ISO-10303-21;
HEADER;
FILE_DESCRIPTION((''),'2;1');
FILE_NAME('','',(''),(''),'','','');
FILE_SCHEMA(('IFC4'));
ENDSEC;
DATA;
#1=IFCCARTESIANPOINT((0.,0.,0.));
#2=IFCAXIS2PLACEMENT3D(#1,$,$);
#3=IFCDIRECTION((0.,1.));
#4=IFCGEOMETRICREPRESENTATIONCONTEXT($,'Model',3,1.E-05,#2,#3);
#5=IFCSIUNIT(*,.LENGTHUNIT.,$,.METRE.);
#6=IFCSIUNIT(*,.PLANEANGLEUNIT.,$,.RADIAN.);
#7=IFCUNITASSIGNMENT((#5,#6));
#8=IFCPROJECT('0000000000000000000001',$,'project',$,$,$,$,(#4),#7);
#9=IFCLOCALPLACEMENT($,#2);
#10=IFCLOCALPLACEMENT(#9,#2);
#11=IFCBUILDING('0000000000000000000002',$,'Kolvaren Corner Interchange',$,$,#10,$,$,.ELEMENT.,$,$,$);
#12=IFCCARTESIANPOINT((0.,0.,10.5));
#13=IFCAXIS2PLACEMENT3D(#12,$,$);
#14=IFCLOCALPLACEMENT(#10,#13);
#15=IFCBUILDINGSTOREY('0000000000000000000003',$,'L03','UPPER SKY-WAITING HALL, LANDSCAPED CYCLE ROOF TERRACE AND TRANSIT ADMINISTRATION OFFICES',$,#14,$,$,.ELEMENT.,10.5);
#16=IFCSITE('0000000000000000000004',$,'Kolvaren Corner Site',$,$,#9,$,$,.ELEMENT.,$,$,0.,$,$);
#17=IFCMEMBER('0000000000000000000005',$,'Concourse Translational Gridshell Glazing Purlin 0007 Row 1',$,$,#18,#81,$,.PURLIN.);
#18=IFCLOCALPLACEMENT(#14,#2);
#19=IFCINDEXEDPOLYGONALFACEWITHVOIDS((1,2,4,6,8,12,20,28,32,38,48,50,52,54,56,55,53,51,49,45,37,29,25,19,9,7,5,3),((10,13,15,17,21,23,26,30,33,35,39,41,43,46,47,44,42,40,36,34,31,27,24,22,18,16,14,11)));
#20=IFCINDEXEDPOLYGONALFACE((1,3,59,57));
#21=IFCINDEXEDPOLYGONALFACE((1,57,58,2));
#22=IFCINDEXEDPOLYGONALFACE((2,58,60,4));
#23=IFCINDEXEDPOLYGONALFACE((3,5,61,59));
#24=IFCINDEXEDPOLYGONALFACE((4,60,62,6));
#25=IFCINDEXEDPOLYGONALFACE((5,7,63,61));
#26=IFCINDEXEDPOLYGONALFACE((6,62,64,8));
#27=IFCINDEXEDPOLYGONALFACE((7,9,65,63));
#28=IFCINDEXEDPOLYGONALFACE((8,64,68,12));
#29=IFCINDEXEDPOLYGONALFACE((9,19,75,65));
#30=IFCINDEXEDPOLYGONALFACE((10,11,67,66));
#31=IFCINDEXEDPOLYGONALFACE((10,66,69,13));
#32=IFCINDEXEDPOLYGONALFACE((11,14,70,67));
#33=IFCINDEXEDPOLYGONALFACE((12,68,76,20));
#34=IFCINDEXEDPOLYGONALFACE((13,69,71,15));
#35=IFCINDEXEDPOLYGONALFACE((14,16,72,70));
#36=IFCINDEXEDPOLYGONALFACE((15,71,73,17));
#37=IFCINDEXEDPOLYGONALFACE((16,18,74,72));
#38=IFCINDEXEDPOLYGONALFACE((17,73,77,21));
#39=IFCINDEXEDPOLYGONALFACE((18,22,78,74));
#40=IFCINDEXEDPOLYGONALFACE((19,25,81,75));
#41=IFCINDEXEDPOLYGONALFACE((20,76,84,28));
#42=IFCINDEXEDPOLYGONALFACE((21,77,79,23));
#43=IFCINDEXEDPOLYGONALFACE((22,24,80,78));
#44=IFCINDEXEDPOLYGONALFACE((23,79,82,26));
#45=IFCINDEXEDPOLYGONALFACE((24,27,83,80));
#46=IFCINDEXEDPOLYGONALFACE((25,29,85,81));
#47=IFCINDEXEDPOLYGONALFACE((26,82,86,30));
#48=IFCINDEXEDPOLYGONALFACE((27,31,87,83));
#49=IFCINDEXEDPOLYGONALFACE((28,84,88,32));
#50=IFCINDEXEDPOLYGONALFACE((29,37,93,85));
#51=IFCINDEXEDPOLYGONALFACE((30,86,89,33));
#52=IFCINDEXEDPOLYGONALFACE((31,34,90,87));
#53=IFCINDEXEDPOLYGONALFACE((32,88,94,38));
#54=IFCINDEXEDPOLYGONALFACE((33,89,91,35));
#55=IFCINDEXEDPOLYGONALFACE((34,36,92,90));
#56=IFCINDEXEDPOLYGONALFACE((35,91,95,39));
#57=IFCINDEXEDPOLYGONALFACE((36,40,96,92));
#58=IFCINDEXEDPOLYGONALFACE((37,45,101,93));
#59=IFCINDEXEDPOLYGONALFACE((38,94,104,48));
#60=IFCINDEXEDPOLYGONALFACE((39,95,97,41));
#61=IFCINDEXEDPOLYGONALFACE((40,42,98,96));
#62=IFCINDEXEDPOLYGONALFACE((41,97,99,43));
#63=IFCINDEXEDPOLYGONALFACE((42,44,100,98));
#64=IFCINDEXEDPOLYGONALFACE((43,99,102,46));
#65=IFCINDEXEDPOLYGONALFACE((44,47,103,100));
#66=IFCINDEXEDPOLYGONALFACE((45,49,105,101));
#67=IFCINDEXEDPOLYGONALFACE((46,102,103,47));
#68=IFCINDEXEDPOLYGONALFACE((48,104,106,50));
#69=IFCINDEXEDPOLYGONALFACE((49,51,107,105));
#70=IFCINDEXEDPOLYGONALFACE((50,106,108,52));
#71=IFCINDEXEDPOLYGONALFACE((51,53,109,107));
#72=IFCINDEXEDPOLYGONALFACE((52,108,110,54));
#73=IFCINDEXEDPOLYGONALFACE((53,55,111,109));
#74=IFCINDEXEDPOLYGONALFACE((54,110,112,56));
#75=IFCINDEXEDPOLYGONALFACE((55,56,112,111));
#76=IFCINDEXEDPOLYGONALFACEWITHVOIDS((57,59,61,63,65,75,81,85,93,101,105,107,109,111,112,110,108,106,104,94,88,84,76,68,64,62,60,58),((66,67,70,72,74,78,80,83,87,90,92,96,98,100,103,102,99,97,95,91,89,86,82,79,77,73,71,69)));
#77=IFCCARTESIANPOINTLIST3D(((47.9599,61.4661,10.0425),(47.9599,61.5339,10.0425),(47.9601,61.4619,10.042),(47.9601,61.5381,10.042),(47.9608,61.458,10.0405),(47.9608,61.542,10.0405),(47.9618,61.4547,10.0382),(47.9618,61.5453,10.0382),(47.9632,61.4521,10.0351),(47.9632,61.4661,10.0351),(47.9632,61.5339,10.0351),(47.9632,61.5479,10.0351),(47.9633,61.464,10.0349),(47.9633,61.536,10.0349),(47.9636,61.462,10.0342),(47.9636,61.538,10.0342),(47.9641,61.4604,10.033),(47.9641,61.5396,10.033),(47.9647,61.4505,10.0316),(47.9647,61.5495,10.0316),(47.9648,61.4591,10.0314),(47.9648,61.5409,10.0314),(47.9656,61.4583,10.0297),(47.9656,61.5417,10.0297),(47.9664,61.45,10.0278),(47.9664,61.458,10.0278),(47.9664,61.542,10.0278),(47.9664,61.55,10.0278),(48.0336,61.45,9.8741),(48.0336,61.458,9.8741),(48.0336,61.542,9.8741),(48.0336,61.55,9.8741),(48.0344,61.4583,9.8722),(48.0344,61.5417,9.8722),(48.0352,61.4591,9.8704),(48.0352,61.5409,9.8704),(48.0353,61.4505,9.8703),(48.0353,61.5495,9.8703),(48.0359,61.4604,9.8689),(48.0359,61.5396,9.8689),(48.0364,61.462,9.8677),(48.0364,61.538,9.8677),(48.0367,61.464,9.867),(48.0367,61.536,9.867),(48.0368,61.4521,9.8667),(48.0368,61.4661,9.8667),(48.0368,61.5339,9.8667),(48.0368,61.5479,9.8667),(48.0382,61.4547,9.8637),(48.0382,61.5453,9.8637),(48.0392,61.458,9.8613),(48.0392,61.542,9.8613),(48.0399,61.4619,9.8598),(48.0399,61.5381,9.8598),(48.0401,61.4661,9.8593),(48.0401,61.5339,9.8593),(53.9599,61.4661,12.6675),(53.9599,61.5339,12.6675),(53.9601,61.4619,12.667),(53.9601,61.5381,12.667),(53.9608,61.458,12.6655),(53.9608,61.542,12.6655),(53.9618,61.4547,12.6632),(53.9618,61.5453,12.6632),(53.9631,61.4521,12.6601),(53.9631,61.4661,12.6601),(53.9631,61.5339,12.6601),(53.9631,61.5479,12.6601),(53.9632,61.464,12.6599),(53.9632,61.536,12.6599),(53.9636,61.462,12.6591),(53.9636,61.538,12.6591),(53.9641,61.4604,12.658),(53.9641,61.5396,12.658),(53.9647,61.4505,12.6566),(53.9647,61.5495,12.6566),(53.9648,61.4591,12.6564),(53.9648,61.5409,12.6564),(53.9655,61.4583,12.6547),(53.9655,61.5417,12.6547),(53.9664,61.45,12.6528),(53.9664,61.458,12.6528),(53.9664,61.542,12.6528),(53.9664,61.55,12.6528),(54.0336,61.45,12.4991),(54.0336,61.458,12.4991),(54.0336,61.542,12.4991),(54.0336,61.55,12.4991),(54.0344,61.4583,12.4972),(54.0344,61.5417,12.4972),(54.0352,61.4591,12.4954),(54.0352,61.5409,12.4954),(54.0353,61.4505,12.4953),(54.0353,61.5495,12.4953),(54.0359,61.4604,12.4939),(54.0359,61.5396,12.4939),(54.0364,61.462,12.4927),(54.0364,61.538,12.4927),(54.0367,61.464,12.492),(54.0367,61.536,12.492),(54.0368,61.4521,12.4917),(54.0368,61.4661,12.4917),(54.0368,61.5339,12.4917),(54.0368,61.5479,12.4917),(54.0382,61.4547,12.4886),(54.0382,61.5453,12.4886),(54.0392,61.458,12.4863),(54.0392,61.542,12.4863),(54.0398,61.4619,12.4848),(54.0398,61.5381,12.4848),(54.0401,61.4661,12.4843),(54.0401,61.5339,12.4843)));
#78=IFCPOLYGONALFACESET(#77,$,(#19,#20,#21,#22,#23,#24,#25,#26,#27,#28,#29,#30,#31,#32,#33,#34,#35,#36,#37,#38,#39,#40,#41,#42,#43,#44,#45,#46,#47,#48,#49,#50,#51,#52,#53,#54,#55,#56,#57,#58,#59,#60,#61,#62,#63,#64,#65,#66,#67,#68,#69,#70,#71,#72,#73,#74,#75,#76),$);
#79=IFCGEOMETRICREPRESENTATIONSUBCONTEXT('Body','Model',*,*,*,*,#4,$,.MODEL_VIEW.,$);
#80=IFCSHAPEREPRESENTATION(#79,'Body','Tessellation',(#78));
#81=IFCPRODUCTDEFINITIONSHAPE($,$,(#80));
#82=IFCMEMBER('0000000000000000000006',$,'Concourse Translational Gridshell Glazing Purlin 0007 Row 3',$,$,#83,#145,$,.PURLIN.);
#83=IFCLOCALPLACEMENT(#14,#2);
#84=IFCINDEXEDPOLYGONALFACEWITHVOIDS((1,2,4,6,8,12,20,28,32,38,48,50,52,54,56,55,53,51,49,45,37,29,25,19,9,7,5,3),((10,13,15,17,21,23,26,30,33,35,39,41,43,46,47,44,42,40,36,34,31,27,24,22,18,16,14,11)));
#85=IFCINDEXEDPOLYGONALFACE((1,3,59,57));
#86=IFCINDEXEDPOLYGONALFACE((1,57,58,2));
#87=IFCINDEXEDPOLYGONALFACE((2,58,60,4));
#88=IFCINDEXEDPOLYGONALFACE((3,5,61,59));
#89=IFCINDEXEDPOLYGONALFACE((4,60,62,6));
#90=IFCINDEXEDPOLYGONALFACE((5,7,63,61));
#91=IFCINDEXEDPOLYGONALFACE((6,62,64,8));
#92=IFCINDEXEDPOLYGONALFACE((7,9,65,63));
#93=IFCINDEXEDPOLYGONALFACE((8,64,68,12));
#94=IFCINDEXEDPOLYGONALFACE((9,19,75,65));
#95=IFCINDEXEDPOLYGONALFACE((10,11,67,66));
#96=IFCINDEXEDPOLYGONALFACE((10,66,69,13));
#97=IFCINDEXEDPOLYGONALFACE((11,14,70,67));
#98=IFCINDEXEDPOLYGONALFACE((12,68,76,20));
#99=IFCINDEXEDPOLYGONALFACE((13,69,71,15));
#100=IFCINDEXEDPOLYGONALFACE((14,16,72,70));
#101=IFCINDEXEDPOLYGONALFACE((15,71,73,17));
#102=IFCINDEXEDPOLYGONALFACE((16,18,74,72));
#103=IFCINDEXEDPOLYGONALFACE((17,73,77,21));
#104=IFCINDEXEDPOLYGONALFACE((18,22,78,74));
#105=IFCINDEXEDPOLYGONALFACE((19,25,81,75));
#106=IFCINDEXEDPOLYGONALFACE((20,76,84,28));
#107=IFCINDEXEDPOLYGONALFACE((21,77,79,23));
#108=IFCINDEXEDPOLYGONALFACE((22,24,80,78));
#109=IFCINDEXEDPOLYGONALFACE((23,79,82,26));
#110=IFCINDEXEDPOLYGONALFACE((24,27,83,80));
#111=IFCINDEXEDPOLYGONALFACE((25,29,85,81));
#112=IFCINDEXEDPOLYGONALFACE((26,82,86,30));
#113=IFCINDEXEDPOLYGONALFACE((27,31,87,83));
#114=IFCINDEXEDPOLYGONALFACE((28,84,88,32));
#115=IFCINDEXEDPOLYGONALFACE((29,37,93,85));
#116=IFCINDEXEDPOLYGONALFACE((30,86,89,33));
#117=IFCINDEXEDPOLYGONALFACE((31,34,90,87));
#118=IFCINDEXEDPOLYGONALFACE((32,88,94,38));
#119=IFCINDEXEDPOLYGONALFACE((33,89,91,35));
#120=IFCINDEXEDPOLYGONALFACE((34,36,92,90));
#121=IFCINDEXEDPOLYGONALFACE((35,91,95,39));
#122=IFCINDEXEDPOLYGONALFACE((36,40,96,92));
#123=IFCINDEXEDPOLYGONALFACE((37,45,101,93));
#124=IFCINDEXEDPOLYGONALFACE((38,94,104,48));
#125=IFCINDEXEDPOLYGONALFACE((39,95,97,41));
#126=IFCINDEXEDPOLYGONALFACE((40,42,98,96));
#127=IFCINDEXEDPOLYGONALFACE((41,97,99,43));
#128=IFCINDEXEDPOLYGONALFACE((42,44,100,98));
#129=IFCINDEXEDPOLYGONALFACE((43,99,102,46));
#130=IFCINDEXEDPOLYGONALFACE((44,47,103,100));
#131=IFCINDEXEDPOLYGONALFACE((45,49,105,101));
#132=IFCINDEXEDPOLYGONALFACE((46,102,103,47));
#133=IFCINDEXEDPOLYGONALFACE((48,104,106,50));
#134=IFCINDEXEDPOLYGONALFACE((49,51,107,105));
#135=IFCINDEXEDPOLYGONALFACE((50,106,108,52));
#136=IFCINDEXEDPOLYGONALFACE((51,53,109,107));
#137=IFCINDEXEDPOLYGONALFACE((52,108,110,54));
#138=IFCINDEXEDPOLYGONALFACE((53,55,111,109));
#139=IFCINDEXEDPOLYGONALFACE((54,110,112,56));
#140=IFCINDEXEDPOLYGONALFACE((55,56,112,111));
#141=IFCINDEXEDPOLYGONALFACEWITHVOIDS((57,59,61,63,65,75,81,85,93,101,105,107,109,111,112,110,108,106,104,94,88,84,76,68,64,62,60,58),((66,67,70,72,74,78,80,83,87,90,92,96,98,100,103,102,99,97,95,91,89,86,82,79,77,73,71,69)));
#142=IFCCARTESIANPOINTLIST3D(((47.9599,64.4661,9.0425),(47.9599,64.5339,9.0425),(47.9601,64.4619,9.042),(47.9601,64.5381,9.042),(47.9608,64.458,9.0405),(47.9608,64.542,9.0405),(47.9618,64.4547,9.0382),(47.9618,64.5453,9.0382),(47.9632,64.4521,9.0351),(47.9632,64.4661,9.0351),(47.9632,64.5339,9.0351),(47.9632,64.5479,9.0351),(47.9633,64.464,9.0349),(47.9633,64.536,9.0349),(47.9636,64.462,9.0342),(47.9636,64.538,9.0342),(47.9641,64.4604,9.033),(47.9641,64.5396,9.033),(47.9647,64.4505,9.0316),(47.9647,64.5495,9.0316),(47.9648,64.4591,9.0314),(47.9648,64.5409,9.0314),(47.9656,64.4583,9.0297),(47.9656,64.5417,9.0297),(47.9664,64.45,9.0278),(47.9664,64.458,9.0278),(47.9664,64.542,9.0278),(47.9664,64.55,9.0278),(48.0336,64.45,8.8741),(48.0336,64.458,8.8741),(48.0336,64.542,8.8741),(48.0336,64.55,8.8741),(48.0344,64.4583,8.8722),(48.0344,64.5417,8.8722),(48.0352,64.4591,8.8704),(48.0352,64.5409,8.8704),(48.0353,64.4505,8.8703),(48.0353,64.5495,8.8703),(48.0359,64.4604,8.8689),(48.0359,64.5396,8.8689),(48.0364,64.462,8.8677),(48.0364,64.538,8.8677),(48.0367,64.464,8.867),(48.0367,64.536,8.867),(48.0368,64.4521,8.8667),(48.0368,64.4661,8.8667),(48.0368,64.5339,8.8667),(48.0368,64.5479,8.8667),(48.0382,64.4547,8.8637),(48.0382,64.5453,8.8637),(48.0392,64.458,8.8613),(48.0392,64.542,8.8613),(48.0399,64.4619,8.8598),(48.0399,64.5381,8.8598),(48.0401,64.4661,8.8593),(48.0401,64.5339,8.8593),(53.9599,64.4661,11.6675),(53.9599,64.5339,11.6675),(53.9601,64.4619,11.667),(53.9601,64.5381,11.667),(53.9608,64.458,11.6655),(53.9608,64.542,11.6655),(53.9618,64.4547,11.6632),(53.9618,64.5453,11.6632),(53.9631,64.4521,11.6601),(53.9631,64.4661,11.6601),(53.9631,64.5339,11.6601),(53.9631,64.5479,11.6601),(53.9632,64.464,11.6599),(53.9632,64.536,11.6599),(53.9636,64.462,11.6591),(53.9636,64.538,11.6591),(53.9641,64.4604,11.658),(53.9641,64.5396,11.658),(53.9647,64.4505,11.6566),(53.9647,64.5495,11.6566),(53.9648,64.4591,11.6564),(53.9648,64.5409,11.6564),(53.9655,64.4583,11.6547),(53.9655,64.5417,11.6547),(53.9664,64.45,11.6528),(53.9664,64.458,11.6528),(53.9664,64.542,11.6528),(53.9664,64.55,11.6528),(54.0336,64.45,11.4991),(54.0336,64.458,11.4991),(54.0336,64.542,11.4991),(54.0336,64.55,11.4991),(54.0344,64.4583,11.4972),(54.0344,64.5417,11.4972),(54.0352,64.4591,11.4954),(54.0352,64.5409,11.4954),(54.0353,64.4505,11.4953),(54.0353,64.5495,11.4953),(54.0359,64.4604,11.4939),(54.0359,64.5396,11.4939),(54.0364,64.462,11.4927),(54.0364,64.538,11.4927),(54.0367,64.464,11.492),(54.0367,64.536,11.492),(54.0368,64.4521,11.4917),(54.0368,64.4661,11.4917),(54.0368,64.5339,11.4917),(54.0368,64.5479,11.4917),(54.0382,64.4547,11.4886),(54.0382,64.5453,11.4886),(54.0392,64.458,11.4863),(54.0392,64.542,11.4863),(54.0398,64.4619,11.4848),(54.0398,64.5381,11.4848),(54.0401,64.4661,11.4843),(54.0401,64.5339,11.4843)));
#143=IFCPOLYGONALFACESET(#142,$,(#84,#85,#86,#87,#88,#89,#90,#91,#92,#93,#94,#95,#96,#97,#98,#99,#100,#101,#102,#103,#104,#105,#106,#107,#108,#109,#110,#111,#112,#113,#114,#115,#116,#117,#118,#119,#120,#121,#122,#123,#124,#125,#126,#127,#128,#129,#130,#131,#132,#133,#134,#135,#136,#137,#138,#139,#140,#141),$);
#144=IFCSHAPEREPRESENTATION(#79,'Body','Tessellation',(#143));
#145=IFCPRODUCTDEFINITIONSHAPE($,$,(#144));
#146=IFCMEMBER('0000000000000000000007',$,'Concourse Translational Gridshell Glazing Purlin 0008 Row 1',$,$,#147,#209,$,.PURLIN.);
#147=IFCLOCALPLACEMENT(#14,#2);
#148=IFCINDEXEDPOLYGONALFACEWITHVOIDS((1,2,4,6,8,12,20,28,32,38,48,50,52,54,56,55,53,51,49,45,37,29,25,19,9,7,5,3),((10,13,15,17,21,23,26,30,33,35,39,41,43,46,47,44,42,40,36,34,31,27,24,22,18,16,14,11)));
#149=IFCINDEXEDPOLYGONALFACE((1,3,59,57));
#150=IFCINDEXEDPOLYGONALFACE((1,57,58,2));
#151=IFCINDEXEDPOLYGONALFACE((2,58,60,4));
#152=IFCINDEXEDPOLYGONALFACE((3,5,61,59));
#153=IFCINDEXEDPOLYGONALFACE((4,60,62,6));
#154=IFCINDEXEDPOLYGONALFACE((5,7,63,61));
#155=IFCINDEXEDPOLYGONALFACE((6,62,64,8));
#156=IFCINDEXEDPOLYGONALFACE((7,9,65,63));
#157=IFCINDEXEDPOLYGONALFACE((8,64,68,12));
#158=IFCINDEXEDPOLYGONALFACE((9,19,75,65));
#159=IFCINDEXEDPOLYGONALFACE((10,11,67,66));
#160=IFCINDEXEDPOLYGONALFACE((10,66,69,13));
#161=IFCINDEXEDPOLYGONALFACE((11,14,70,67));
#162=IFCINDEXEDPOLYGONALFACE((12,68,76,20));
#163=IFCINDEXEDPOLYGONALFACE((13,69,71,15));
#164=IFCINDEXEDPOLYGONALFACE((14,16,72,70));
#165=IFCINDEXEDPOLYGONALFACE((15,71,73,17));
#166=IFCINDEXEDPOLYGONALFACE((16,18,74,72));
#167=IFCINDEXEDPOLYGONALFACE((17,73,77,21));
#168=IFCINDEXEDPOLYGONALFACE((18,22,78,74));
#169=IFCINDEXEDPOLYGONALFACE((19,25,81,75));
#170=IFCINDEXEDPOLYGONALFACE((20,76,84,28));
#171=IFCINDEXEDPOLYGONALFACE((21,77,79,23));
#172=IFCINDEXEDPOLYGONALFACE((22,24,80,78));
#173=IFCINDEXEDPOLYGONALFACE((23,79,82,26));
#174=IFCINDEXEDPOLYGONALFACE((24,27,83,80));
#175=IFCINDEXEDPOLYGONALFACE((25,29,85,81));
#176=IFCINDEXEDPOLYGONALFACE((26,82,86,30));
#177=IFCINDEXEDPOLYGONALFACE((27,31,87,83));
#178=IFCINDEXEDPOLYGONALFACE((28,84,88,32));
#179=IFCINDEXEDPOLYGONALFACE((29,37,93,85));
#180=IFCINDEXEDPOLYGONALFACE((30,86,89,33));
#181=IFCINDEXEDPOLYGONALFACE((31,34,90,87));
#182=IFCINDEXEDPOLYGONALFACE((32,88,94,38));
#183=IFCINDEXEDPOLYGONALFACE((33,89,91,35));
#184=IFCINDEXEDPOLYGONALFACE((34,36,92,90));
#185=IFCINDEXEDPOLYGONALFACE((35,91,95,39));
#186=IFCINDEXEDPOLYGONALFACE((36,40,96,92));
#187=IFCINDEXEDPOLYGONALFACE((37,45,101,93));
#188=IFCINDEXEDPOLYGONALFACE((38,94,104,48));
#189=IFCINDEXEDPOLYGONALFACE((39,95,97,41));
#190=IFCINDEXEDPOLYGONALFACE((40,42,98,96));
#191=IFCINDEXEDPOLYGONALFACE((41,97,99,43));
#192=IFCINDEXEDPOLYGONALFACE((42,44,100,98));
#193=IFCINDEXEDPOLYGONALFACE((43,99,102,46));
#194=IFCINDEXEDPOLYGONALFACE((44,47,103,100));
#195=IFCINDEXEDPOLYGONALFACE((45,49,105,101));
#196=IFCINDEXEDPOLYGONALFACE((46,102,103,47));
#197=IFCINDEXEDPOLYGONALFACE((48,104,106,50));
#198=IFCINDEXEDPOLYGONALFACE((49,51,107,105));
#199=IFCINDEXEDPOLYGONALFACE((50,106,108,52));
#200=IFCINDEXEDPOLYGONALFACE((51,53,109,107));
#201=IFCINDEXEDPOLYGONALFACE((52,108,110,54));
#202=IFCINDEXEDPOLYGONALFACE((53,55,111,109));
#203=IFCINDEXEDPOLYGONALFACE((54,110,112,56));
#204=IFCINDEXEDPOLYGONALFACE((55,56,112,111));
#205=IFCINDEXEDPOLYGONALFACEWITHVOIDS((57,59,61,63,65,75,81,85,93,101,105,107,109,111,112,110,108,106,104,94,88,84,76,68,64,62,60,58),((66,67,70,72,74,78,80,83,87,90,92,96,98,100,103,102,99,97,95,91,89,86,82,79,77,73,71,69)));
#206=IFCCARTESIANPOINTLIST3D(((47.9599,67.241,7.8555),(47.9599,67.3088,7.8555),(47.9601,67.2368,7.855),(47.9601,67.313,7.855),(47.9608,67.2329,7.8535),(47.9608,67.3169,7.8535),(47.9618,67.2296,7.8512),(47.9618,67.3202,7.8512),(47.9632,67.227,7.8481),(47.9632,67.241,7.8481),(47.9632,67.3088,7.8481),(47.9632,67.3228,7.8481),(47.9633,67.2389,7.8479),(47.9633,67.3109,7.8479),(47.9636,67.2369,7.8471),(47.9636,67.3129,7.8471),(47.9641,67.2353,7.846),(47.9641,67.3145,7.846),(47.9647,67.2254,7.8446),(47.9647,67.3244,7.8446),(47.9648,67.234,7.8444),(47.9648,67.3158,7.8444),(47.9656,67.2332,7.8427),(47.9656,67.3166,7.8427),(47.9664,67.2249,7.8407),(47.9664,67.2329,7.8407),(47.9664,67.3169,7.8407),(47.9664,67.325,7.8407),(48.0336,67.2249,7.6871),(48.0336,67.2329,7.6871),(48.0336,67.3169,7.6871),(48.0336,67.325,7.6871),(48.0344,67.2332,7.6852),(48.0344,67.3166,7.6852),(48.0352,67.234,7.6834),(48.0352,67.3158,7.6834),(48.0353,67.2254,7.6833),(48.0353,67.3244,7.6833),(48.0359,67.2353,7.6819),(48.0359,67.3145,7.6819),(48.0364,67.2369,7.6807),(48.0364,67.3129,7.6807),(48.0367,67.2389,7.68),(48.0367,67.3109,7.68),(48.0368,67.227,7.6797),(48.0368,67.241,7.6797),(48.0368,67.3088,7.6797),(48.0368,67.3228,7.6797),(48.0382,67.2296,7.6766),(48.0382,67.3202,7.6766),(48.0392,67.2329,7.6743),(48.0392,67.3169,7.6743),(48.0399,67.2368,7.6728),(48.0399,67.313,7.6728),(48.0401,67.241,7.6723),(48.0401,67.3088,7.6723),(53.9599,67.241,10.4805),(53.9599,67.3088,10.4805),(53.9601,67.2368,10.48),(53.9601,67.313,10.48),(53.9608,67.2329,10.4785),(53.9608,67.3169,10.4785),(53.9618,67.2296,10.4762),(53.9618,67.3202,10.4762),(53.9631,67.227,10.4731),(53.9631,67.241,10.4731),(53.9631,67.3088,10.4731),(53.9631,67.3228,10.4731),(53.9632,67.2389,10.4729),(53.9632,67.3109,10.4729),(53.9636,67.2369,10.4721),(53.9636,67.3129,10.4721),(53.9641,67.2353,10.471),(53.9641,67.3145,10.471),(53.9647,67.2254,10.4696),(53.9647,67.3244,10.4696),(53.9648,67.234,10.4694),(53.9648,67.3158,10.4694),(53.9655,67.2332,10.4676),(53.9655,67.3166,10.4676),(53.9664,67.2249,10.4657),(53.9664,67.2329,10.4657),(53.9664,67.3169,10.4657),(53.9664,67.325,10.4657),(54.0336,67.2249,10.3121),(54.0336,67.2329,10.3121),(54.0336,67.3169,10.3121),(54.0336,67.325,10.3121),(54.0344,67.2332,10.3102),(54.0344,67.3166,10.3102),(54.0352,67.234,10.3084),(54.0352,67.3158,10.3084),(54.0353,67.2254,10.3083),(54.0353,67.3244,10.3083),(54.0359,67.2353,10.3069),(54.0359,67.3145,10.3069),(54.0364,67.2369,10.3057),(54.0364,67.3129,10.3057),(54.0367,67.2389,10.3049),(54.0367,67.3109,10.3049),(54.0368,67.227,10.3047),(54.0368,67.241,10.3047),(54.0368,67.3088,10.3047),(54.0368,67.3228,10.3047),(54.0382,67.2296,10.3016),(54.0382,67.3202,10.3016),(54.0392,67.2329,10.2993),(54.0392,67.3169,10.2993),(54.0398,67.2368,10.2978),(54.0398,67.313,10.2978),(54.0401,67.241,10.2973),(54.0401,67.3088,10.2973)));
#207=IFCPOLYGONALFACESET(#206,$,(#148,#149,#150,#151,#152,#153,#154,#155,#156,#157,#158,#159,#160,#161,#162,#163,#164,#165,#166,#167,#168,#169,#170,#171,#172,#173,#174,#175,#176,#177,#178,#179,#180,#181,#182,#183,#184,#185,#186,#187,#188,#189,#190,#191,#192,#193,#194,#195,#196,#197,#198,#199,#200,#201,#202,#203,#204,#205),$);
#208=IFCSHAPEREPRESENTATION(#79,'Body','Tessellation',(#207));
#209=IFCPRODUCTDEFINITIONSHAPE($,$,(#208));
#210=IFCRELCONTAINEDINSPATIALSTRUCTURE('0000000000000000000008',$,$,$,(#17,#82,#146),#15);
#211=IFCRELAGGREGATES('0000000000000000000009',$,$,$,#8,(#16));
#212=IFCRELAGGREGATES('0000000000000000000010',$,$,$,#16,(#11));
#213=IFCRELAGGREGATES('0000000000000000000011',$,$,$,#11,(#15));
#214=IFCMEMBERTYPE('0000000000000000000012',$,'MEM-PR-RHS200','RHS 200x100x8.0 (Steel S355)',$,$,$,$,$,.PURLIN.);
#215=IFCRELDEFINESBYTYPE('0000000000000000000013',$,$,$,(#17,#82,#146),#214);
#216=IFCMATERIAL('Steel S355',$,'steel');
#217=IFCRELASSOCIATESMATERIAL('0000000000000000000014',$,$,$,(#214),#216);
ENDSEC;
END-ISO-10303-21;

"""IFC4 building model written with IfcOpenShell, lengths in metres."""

from ifc_helpers import new_model, si_unit, direction, frame, origin, origin_2d, place, context, subcontext, project, spatial, hollow_rectangle, extrude, material, material_profile, profile_set, type_object, element, save


model = new_model("IFC4")

# Units and contexts
model_context = context("Model", 3, precision=1e-05, world=origin(), true_north=direction((0.0, 1.0)))
body_context = subcontext(model_context, "Body", "Model", "MODEL_VIEW")
ifc_project = project(units=[si_unit("LENGTHUNIT", "METRE"), si_unit("PLANEANGLEUNIT", "RADIAN")], contexts=[model_context])

# Site, building, storey
site_placement = place(None, origin())
site = spatial("IfcSite", under=ifc_project, at=site_placement, Name="Kolvaren Corner Site", CompositionType="ELEMENT", RefElevation=0.0)
building_placement = place(site_placement, origin())
building = spatial("IfcBuilding", under=site, at=building_placement, Name="Kolvaren Corner Interchange", CompositionType="ELEMENT")
storey_placement = place(building_placement, frame((0.0, 0.0, 10.5)))
storey = spatial("IfcBuildingStorey", under=building, at=storey_placement, Name="L03", Description="UPPER SKY-WAITING HALL, LANDSCAPED CYCLE ROOF TERRACE AND TRANSIT ADMINISTRATION OFFICES", CompositionType="ELEMENT", Elevation=10.5)

# Members
ifc_material_1 = material(Name="Steel S355", Category="steel")
ifc_material_profile_1 = material_profile(ifc_material_1, hollow_rectangle(XDim=0.1001, YDim=0.2, WallThickness=0.0081, InnerFilletRadius=0.0081, OuterFilletRadius=0.0161, at=origin_2d()), Name="RHS 200x100x8.0")
ifc_profile_set_1 = profile_set([ifc_material_profile_1], Name="Steel S355")
member_type_1 = type_object("IfcMemberType", Name="MEM-PR-RHS200", Description="RHS 200x100x8.0 (Steel S355)", PredefinedType="PURLIN", material=ifc_profile_set_1)
for number, where, z_axis, x_axis, name in (
    (1, (48.0, 61.5, 9.9509), (0.916157, 0.0, 0.400819), (0.0, 1.0, 0.0), "Concourse Translational Gridshell Glazing Purlin 0007 Row 1"),
    (2, (48.0, 64.5, 8.9509), (0.916157, 0.0, 0.400819), (0.0, 1.0, 0.0), "Concourse Translational Gridshell Glazing Purlin 0007 Row 3"),
    (3, (48.0, 67.2749, 7.7639), (0.916157, 0.0, 0.400819), (0.0, 1.0, 0.0), "Concourse Translational Gridshell Glazing Purlin 0008 Row 1"),
):
    element("IfcMember", number, at=place(storey_placement, frame(where, z_axis=z_axis, x_axis=x_axis)), inside=storey, type_object=member_type_1, Name=name, PredefinedType="PURLIN", context=body_context, shape_type="SweptSolid", body=[
        extrude(hollow_rectangle(XDim=0.1001, YDim=0.2, WallThickness=0.0081, InnerFilletRadius=0.0081, OuterFilletRadius=0.0161, at=origin_2d()), origin(), (0.0, 0.0, 1.0), 6.5491),
    ])

save(model, "model.ifc")
